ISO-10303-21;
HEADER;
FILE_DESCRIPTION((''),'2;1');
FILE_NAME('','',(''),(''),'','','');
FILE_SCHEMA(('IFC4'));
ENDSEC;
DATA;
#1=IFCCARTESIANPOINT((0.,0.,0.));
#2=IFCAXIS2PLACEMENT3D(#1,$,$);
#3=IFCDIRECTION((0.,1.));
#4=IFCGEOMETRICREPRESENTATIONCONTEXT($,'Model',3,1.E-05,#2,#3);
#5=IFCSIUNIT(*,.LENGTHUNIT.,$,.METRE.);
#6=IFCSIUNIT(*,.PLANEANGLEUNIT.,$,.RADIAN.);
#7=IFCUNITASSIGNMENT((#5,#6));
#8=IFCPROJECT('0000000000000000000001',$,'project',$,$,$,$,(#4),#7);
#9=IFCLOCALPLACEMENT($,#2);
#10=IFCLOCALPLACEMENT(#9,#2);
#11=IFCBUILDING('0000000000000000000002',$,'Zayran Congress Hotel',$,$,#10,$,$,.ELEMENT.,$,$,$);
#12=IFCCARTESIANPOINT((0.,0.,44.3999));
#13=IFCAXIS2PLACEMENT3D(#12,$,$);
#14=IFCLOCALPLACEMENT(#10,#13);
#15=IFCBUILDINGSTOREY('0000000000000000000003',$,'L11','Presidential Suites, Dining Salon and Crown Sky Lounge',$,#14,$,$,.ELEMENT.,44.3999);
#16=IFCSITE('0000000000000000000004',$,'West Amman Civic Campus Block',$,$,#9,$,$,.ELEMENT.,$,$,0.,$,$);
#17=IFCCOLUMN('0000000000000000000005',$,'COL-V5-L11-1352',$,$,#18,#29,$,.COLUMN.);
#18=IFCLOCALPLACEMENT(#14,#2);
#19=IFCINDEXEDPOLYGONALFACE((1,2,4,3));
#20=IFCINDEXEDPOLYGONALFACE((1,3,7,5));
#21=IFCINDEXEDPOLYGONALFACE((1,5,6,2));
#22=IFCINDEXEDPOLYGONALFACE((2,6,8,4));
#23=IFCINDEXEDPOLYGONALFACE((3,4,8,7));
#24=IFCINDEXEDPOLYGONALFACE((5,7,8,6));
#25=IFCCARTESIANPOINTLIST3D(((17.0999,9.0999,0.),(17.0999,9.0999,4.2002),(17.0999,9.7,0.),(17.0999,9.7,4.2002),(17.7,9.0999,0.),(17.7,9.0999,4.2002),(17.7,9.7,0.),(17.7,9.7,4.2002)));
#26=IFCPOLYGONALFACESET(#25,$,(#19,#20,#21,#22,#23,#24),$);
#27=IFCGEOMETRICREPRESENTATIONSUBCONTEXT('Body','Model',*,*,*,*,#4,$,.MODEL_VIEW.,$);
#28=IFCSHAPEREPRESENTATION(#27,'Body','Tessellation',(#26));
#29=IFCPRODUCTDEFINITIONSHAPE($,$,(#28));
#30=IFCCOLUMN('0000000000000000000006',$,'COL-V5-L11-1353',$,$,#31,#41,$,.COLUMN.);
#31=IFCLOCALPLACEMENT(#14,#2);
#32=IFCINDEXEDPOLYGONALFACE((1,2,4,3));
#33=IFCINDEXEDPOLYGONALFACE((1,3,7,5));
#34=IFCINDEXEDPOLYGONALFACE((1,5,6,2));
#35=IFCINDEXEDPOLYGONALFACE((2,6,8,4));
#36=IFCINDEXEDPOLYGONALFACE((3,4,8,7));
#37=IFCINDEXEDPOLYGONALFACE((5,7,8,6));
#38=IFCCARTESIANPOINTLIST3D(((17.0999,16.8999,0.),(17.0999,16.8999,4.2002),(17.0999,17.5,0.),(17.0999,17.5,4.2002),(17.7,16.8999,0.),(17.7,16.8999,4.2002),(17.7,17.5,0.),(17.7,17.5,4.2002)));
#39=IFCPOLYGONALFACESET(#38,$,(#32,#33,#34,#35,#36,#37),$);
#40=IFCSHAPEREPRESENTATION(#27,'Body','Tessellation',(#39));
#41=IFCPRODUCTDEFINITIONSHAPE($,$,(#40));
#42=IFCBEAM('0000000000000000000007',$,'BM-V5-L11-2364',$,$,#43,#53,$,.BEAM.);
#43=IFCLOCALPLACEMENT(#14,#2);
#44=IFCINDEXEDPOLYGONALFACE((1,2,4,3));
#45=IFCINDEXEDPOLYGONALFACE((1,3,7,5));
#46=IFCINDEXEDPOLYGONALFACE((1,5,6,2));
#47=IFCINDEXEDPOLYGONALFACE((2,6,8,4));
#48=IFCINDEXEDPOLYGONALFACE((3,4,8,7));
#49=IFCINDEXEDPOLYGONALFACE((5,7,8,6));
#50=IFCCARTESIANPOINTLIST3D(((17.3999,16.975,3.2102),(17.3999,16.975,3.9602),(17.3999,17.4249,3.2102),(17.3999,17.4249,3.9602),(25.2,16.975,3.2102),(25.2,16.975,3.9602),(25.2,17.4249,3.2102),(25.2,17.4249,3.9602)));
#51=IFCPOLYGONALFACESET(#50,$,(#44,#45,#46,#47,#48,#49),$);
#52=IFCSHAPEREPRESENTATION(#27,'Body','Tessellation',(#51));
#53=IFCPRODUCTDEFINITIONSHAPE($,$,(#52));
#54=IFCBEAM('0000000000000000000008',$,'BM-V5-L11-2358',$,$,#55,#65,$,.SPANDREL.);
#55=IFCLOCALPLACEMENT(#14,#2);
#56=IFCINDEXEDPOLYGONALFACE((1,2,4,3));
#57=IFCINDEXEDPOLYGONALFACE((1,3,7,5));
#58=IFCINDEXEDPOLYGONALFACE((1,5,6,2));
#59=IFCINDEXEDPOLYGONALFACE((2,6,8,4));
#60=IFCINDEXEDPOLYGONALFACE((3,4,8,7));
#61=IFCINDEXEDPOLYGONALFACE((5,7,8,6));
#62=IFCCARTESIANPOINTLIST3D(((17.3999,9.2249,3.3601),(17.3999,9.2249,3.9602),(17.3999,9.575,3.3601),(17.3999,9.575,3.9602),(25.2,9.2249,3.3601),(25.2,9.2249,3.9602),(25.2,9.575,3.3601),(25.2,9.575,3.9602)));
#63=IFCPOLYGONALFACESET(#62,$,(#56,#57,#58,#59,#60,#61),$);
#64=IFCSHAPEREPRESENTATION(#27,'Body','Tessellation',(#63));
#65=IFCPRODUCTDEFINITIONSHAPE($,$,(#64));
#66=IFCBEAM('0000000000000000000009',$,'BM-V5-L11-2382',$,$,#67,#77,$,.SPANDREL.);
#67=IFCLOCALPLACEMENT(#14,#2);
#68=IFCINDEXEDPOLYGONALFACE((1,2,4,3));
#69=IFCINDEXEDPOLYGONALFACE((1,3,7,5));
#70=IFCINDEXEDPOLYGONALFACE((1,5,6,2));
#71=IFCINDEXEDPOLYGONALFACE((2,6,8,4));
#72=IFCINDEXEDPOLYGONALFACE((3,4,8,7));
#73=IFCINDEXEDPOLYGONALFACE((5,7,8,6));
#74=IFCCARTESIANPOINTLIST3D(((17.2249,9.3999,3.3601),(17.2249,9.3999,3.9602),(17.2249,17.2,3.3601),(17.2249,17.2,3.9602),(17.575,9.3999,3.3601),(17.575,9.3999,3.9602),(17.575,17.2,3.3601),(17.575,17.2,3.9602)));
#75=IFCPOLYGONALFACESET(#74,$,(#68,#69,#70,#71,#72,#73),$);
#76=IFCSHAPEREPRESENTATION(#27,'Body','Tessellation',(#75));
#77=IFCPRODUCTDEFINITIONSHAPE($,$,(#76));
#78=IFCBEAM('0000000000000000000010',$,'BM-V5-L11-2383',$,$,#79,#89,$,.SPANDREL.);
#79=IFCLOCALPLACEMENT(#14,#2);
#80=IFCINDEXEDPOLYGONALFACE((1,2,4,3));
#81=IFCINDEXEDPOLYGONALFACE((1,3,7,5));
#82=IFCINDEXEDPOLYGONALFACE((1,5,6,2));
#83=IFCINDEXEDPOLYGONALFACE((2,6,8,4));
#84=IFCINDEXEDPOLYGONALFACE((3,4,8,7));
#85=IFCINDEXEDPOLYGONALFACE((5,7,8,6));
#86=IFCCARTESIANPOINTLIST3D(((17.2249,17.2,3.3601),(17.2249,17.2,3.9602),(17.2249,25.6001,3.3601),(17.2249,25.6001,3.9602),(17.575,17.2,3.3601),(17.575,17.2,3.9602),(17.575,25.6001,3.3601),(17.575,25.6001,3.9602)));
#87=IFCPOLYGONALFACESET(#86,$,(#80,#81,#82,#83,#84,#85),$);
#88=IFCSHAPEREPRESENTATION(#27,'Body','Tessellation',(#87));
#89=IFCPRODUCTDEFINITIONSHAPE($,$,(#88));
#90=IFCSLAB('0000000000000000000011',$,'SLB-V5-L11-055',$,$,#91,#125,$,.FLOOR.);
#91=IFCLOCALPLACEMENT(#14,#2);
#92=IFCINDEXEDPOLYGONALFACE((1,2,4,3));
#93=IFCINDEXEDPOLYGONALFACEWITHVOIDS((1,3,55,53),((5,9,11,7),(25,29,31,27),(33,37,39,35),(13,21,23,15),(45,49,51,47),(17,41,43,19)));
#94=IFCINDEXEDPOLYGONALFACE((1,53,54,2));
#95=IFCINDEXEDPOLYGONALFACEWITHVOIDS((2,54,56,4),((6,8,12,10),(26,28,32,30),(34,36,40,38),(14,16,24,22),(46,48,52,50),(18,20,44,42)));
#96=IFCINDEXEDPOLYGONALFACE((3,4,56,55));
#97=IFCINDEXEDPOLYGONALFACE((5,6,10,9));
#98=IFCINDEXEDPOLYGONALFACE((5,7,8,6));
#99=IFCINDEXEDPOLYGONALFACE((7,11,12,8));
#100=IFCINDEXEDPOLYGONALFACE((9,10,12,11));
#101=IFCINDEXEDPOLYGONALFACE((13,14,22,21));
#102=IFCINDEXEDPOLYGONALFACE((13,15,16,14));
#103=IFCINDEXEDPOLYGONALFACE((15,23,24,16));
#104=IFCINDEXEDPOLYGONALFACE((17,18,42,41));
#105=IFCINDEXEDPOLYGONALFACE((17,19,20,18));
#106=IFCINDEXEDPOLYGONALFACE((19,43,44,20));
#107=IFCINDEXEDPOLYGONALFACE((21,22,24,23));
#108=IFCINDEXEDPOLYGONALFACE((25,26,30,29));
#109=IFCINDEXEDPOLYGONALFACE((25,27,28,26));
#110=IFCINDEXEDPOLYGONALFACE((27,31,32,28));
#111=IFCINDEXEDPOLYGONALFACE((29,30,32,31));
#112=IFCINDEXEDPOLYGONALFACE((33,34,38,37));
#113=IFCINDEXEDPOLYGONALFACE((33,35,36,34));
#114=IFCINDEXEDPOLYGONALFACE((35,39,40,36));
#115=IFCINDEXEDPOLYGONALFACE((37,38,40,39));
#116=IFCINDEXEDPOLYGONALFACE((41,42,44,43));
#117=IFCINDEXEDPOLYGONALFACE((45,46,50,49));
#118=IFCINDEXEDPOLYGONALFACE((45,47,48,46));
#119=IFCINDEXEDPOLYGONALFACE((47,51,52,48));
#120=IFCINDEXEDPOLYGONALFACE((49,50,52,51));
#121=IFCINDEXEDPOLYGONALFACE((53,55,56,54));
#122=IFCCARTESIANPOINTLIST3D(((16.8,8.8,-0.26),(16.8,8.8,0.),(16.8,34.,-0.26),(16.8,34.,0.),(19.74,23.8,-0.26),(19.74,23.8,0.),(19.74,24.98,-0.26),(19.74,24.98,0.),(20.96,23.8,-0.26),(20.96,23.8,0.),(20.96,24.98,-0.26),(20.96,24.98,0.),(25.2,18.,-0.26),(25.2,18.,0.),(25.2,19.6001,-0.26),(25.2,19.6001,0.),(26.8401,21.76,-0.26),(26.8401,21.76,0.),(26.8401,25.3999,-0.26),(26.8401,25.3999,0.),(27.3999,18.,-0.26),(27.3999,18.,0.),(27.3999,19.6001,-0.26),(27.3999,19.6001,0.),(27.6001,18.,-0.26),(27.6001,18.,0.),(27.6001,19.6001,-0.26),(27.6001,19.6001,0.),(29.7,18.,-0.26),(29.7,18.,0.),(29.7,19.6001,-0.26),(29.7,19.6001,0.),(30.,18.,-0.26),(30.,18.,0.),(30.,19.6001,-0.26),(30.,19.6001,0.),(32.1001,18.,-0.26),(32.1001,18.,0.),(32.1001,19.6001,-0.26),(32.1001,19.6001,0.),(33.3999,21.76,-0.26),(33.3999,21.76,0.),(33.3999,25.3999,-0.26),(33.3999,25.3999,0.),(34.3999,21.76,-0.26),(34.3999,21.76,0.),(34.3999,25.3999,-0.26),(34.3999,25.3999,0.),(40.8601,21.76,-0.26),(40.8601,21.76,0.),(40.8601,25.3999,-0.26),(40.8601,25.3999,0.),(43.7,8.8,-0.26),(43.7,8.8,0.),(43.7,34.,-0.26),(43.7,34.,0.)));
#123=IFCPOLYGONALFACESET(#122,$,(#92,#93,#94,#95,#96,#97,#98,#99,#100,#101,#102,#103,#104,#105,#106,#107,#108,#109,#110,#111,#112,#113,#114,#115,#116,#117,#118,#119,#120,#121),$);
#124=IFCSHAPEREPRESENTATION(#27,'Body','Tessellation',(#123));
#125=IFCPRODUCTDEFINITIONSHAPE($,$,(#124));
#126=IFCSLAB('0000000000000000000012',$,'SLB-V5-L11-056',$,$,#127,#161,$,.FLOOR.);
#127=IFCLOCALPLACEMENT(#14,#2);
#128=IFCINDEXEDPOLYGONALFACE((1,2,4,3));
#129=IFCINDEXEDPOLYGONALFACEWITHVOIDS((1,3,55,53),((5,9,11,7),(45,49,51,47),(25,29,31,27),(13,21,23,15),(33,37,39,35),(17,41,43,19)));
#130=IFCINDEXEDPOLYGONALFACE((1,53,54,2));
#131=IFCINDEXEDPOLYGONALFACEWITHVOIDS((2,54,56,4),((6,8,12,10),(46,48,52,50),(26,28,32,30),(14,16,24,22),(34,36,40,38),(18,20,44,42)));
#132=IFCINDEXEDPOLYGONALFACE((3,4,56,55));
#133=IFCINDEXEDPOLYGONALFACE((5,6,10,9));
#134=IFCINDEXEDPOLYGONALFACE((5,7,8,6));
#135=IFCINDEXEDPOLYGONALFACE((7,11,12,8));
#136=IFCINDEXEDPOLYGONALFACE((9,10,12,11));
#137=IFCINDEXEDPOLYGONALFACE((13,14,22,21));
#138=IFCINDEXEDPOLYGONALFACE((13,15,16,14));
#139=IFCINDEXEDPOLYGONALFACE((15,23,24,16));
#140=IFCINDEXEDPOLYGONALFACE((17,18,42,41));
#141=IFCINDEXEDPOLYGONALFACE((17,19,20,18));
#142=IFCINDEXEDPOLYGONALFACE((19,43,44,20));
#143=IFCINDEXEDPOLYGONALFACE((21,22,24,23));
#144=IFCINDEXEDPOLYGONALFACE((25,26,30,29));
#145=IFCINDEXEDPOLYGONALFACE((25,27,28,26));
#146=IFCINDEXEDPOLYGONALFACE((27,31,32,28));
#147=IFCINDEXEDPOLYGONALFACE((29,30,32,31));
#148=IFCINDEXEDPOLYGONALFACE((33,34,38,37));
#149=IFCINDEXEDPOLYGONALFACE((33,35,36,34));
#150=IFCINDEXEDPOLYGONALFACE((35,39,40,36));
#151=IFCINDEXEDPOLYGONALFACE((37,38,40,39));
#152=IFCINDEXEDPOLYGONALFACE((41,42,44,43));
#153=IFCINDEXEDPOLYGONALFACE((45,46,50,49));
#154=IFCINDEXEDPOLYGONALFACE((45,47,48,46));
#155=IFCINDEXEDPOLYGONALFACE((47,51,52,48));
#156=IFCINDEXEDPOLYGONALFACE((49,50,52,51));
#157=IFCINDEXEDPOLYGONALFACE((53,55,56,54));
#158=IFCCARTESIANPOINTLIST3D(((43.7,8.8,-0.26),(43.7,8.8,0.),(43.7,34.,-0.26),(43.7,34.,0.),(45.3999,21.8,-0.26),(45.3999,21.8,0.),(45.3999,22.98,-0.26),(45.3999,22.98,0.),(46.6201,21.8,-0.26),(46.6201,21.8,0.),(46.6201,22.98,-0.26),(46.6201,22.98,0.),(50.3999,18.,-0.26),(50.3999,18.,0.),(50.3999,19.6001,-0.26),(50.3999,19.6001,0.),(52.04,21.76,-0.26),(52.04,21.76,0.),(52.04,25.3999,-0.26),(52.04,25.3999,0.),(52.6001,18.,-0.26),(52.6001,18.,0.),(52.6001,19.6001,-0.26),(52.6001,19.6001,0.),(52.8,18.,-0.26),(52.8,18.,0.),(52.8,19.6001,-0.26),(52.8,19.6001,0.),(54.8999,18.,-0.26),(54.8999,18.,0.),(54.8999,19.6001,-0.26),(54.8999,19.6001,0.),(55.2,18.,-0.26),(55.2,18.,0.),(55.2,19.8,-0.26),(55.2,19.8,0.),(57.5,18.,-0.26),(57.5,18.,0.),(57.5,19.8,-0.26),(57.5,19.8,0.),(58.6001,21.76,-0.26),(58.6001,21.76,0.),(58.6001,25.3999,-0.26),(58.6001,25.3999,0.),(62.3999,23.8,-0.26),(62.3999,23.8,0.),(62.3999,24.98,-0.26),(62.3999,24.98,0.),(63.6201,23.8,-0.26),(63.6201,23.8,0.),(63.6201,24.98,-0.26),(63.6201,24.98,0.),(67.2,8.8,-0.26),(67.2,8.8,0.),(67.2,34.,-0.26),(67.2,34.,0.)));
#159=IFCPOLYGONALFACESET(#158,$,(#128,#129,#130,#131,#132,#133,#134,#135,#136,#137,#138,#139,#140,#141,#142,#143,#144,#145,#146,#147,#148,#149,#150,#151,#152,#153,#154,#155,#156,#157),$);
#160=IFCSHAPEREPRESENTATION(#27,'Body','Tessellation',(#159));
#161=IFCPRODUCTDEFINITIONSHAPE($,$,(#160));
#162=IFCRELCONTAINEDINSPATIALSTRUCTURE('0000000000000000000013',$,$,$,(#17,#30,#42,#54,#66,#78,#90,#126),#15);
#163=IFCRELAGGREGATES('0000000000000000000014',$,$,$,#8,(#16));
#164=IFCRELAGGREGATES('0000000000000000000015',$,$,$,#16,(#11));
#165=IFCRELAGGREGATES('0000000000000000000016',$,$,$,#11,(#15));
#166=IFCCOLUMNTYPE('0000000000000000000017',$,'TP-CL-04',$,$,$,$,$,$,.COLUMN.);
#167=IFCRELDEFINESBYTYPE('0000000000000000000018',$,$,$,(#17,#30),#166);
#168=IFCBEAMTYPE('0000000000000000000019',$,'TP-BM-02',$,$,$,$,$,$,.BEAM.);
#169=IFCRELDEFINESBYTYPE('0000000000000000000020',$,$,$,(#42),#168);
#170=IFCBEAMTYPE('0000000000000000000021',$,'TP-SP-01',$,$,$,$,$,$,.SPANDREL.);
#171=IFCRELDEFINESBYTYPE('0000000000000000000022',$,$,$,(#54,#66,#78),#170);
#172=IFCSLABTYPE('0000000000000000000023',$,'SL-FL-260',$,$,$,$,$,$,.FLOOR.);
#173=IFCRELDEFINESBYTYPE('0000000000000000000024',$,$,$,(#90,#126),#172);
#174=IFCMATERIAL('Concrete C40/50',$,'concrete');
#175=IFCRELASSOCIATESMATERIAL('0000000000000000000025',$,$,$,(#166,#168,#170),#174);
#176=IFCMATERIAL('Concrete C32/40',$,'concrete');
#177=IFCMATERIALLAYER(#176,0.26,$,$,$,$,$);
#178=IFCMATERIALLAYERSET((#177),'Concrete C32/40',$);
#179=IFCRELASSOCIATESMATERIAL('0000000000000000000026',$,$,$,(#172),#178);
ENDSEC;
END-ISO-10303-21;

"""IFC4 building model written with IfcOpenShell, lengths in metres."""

from ifc_helpers import new_model, si_unit, direction, frame, origin, origin_2d, place, context, subcontext, project, spatial, polyline, rectangle, outline, extrude, material, layer, layer_set, material_profile, profile_set, type_object, element, save


model = new_model("IFC4")

# Units and contexts
model_context = context("Model", 3, precision=1e-05, world=origin(), true_north=direction((0.0, 1.0)))
body_context = subcontext(model_context, "Body", "Model", "MODEL_VIEW")
ifc_project = project(units=[si_unit("LENGTHUNIT", "METRE"), si_unit("PLANEANGLEUNIT", "RADIAN")], contexts=[model_context])

# Site, building, storey
site_placement = place(None, origin())
site = spatial("IfcSite", under=ifc_project, at=site_placement, Name="West Amman Civic Campus Block", CompositionType="ELEMENT", RefElevation=0.0)
building_placement = place(site_placement, origin())
building = spatial("IfcBuilding", under=site, at=building_placement, Name="Zayran Congress Hotel", CompositionType="ELEMENT")
storey_placement = place(building_placement, frame((0.0, 0.0, 44.3999)))
storey = spatial("IfcBuildingStorey", under=building, at=storey_placement, Name="L11", Description="Presidential Suites, Dining Salon and Crown Sky Lounge", CompositionType="ELEMENT", Elevation=44.3999)

# Columns
ifc_material_1 = material(Name="Concrete C40/50", Category="concrete")
ifc_material_profile_1 = material_profile(ifc_material_1, rectangle(XDim=0.6001, YDim=0.6001, at=origin_2d()), Name="RC 600x600")
ifc_profile_set_1 = profile_set([ifc_material_profile_1], Name="Concrete C40/50")
column_type = type_object("IfcColumnType", Name="TP-CL-04", PredefinedType="COLUMN", material=ifc_profile_set_1)
for number, where, z_axis, x_axis, name in (
    (1, (17.3999, 9.3999, 0.0), (0.0, 0.0, 1.0), (1.0, 0.0, 0.0), "COL-V5-L11-1352"),
    (2, (17.3999, 17.2, 0.0), (0.0, 0.0, 1.0), (1.0, 0.0, 0.0), "COL-V5-L11-1353"),
):
    element("IfcColumn", number, at=place(storey_placement, frame(where, z_axis=z_axis, x_axis=x_axis)), inside=storey, type_object=column_type, Name=name, PredefinedType="COLUMN", context=body_context, shape_type="SweptSolid", body=[
        extrude(rectangle(XDim=0.6001, YDim=0.6001, at=origin_2d()), origin(), (0.0, 0.0, 1.0), 4.2002),
    ])

# Beams
ifc_material_profile_2 = material_profile(ifc_material_1, rectangle(XDim=0.45, YDim=0.75, at=origin_2d()), Name="RC 450x750")
ifc_profile_set_2 = profile_set([ifc_material_profile_2], Name="Concrete C40/50")
beam_type_1 = type_object("IfcBeamType", Name="TP-BM-02", PredefinedType="BEAM", material=ifc_profile_set_2)
beam_1_placement = place(storey_placement, frame((17.3999, 17.2, 3.5852), z_axis=(1.0, 0.0, 0.0), x_axis=(0.0, 1.0, 0.0)))
element("IfcBeam", 3, at=beam_1_placement, inside=storey, type_object=beam_type_1, Name="BM-V5-L11-2364", PredefinedType="BEAM", context=body_context, shape_type="SweptSolid", body=[
    extrude(rectangle(XDim=0.45, YDim=0.75, at=origin_2d()), origin(), (0.0, 0.0, 1.0), 7.8),
])
ifc_material_profile_3 = material_profile(ifc_material_1, rectangle(XDim=0.3501, YDim=0.6001, at=origin_2d()), Name="RC 350x600")
ifc_profile_set_3 = profile_set([ifc_material_profile_3], Name="Concrete C40/50")
beam_type_2 = type_object("IfcBeamType", Name="TP-SP-01", PredefinedType="SPANDREL", material=ifc_profile_set_3)
for number, where, z_axis, x_axis, name in (
    (4, (17.3999, 9.3999, 3.6602), (1.0, 0.0, 0.0), (0.0, 1.0, 0.0), "BM-V5-L11-2358"),
    (5, (17.3999, 9.3999, 3.6602), (0.0, 1.0, 0.0), (-1.0, 0.0, 0.0), "BM-V5-L11-2382"),
):
    element("IfcBeam", number, at=place(storey_placement, frame(where, z_axis=z_axis, x_axis=x_axis)), inside=storey, type_object=beam_type_2, Name=name, PredefinedType="SPANDREL", context=body_context, shape_type="SweptSolid", body=[
        extrude(rectangle(XDim=0.3501, YDim=0.6001, at=origin_2d()), origin(), (0.0, 0.0, 1.0), 7.8),
    ])
beam_2_placement = place(storey_placement, frame((17.3999, 17.2, 3.6602), z_axis=(0.0, 1.0, 0.0), x_axis=(-1.0, 0.0, 0.0)))
element("IfcBeam", 6, at=beam_2_placement, inside=storey, type_object=beam_type_2, Name="BM-V5-L11-2383", PredefinedType="SPANDREL", context=body_context, shape_type="SweptSolid", body=[
    extrude(rectangle(XDim=0.3501, YDim=0.6001, at=origin_2d()), origin(), (0.0, 0.0, 1.0), 8.4001),
])

# Slabs
ifc_material_2 = material(Name="Concrete C32/40", Category="concrete")
ifc_layer_1 = layer(ifc_material_2, 0.26)
ifc_layer_set_1 = layer_set([ifc_layer_1], Name="Concrete C32/40")
slab_type = type_object("IfcSlabType", Name="SL-FL-260", PredefinedType="FLOOR", material=ifc_layer_set_1)
slab_1_placement = place(storey_placement, frame((0.0, 0.0, -0.26)))
element("IfcSlab", 7, at=slab_1_placement, inside=storey, type_object=slab_type, Name="SLB-V5-L11-055", PredefinedType="FLOOR", context=body_context, shape_type="SweptSolid", body=[
    extrude(outline(polyline([(16.8, 8.8), (43.7, 8.8), (43.7, 34.0), (16.8, 34.0), (16.8, 8.8)]), holes=[polyline([(26.8401, 21.76), (33.3999, 21.76), (33.3999, 25.3999), (26.8401, 25.3999), (26.8401, 21.76)]), polyline([(25.2, 18.0), (27.3999, 18.0), (27.3999, 19.6001), (25.2, 19.6001), (25.2, 18.0)]), polyline([(27.6001, 18.0), (29.7, 18.0), (29.7, 19.6001), (27.6001, 19.6001), (27.6001, 18.0)]), polyline([(30.0, 18.0), (32.1001, 18.0), (32.1001, 19.6001), (30.0, 19.6001), (30.0, 18.0)]), polyline([(34.3999, 21.76), (40.8601, 21.76), (40.8601, 25.3999), (34.3999, 25.3999), (34.3999, 21.76)]), polyline([(19.74, 23.8), (20.96, 23.8), (20.96, 24.98), (19.74, 24.98), (19.74, 23.8)])]), origin(), (0.0, 0.0, 1.0), 0.26),
])
slab_2_placement = place(storey_placement, frame((0.0, 0.0, -0.26)))
element("IfcSlab", 8, at=slab_2_placement, inside=storey, type_object=slab_type, Name="SLB-V5-L11-056", PredefinedType="FLOOR", context=body_context, shape_type="SweptSolid", body=[
    extrude(outline(polyline([(43.7, 8.8), (67.2, 8.8), (67.2, 34.0), (43.7, 34.0), (43.7, 8.8)]), holes=[polyline([(52.04, 21.76), (58.6001, 21.76), (58.6001, 25.3999), (52.04, 25.3999), (52.04, 21.76)]), polyline([(50.3999, 18.0), (52.6001, 18.0), (52.6001, 19.6001), (50.3999, 19.6001), (50.3999, 18.0)]), polyline([(52.8, 18.0), (54.8999, 18.0), (54.8999, 19.6001), (52.8, 19.6001), (52.8, 18.0)]), polyline([(55.2, 18.0), (57.5, 18.0), (57.5, 19.8), (55.2, 19.8), (55.2, 18.0)]), polyline([(45.3999, 21.8), (46.6201, 21.8), (46.6201, 22.98), (45.3999, 22.98), (45.3999, 21.8)]), polyline([(62.3999, 23.8), (63.6201, 23.8), (63.6201, 24.98), (62.3999, 24.98), (62.3999, 23.8)])]), origin(), (0.0, 0.0, 1.0), 0.26),
])

save(model, "model.ifc")
